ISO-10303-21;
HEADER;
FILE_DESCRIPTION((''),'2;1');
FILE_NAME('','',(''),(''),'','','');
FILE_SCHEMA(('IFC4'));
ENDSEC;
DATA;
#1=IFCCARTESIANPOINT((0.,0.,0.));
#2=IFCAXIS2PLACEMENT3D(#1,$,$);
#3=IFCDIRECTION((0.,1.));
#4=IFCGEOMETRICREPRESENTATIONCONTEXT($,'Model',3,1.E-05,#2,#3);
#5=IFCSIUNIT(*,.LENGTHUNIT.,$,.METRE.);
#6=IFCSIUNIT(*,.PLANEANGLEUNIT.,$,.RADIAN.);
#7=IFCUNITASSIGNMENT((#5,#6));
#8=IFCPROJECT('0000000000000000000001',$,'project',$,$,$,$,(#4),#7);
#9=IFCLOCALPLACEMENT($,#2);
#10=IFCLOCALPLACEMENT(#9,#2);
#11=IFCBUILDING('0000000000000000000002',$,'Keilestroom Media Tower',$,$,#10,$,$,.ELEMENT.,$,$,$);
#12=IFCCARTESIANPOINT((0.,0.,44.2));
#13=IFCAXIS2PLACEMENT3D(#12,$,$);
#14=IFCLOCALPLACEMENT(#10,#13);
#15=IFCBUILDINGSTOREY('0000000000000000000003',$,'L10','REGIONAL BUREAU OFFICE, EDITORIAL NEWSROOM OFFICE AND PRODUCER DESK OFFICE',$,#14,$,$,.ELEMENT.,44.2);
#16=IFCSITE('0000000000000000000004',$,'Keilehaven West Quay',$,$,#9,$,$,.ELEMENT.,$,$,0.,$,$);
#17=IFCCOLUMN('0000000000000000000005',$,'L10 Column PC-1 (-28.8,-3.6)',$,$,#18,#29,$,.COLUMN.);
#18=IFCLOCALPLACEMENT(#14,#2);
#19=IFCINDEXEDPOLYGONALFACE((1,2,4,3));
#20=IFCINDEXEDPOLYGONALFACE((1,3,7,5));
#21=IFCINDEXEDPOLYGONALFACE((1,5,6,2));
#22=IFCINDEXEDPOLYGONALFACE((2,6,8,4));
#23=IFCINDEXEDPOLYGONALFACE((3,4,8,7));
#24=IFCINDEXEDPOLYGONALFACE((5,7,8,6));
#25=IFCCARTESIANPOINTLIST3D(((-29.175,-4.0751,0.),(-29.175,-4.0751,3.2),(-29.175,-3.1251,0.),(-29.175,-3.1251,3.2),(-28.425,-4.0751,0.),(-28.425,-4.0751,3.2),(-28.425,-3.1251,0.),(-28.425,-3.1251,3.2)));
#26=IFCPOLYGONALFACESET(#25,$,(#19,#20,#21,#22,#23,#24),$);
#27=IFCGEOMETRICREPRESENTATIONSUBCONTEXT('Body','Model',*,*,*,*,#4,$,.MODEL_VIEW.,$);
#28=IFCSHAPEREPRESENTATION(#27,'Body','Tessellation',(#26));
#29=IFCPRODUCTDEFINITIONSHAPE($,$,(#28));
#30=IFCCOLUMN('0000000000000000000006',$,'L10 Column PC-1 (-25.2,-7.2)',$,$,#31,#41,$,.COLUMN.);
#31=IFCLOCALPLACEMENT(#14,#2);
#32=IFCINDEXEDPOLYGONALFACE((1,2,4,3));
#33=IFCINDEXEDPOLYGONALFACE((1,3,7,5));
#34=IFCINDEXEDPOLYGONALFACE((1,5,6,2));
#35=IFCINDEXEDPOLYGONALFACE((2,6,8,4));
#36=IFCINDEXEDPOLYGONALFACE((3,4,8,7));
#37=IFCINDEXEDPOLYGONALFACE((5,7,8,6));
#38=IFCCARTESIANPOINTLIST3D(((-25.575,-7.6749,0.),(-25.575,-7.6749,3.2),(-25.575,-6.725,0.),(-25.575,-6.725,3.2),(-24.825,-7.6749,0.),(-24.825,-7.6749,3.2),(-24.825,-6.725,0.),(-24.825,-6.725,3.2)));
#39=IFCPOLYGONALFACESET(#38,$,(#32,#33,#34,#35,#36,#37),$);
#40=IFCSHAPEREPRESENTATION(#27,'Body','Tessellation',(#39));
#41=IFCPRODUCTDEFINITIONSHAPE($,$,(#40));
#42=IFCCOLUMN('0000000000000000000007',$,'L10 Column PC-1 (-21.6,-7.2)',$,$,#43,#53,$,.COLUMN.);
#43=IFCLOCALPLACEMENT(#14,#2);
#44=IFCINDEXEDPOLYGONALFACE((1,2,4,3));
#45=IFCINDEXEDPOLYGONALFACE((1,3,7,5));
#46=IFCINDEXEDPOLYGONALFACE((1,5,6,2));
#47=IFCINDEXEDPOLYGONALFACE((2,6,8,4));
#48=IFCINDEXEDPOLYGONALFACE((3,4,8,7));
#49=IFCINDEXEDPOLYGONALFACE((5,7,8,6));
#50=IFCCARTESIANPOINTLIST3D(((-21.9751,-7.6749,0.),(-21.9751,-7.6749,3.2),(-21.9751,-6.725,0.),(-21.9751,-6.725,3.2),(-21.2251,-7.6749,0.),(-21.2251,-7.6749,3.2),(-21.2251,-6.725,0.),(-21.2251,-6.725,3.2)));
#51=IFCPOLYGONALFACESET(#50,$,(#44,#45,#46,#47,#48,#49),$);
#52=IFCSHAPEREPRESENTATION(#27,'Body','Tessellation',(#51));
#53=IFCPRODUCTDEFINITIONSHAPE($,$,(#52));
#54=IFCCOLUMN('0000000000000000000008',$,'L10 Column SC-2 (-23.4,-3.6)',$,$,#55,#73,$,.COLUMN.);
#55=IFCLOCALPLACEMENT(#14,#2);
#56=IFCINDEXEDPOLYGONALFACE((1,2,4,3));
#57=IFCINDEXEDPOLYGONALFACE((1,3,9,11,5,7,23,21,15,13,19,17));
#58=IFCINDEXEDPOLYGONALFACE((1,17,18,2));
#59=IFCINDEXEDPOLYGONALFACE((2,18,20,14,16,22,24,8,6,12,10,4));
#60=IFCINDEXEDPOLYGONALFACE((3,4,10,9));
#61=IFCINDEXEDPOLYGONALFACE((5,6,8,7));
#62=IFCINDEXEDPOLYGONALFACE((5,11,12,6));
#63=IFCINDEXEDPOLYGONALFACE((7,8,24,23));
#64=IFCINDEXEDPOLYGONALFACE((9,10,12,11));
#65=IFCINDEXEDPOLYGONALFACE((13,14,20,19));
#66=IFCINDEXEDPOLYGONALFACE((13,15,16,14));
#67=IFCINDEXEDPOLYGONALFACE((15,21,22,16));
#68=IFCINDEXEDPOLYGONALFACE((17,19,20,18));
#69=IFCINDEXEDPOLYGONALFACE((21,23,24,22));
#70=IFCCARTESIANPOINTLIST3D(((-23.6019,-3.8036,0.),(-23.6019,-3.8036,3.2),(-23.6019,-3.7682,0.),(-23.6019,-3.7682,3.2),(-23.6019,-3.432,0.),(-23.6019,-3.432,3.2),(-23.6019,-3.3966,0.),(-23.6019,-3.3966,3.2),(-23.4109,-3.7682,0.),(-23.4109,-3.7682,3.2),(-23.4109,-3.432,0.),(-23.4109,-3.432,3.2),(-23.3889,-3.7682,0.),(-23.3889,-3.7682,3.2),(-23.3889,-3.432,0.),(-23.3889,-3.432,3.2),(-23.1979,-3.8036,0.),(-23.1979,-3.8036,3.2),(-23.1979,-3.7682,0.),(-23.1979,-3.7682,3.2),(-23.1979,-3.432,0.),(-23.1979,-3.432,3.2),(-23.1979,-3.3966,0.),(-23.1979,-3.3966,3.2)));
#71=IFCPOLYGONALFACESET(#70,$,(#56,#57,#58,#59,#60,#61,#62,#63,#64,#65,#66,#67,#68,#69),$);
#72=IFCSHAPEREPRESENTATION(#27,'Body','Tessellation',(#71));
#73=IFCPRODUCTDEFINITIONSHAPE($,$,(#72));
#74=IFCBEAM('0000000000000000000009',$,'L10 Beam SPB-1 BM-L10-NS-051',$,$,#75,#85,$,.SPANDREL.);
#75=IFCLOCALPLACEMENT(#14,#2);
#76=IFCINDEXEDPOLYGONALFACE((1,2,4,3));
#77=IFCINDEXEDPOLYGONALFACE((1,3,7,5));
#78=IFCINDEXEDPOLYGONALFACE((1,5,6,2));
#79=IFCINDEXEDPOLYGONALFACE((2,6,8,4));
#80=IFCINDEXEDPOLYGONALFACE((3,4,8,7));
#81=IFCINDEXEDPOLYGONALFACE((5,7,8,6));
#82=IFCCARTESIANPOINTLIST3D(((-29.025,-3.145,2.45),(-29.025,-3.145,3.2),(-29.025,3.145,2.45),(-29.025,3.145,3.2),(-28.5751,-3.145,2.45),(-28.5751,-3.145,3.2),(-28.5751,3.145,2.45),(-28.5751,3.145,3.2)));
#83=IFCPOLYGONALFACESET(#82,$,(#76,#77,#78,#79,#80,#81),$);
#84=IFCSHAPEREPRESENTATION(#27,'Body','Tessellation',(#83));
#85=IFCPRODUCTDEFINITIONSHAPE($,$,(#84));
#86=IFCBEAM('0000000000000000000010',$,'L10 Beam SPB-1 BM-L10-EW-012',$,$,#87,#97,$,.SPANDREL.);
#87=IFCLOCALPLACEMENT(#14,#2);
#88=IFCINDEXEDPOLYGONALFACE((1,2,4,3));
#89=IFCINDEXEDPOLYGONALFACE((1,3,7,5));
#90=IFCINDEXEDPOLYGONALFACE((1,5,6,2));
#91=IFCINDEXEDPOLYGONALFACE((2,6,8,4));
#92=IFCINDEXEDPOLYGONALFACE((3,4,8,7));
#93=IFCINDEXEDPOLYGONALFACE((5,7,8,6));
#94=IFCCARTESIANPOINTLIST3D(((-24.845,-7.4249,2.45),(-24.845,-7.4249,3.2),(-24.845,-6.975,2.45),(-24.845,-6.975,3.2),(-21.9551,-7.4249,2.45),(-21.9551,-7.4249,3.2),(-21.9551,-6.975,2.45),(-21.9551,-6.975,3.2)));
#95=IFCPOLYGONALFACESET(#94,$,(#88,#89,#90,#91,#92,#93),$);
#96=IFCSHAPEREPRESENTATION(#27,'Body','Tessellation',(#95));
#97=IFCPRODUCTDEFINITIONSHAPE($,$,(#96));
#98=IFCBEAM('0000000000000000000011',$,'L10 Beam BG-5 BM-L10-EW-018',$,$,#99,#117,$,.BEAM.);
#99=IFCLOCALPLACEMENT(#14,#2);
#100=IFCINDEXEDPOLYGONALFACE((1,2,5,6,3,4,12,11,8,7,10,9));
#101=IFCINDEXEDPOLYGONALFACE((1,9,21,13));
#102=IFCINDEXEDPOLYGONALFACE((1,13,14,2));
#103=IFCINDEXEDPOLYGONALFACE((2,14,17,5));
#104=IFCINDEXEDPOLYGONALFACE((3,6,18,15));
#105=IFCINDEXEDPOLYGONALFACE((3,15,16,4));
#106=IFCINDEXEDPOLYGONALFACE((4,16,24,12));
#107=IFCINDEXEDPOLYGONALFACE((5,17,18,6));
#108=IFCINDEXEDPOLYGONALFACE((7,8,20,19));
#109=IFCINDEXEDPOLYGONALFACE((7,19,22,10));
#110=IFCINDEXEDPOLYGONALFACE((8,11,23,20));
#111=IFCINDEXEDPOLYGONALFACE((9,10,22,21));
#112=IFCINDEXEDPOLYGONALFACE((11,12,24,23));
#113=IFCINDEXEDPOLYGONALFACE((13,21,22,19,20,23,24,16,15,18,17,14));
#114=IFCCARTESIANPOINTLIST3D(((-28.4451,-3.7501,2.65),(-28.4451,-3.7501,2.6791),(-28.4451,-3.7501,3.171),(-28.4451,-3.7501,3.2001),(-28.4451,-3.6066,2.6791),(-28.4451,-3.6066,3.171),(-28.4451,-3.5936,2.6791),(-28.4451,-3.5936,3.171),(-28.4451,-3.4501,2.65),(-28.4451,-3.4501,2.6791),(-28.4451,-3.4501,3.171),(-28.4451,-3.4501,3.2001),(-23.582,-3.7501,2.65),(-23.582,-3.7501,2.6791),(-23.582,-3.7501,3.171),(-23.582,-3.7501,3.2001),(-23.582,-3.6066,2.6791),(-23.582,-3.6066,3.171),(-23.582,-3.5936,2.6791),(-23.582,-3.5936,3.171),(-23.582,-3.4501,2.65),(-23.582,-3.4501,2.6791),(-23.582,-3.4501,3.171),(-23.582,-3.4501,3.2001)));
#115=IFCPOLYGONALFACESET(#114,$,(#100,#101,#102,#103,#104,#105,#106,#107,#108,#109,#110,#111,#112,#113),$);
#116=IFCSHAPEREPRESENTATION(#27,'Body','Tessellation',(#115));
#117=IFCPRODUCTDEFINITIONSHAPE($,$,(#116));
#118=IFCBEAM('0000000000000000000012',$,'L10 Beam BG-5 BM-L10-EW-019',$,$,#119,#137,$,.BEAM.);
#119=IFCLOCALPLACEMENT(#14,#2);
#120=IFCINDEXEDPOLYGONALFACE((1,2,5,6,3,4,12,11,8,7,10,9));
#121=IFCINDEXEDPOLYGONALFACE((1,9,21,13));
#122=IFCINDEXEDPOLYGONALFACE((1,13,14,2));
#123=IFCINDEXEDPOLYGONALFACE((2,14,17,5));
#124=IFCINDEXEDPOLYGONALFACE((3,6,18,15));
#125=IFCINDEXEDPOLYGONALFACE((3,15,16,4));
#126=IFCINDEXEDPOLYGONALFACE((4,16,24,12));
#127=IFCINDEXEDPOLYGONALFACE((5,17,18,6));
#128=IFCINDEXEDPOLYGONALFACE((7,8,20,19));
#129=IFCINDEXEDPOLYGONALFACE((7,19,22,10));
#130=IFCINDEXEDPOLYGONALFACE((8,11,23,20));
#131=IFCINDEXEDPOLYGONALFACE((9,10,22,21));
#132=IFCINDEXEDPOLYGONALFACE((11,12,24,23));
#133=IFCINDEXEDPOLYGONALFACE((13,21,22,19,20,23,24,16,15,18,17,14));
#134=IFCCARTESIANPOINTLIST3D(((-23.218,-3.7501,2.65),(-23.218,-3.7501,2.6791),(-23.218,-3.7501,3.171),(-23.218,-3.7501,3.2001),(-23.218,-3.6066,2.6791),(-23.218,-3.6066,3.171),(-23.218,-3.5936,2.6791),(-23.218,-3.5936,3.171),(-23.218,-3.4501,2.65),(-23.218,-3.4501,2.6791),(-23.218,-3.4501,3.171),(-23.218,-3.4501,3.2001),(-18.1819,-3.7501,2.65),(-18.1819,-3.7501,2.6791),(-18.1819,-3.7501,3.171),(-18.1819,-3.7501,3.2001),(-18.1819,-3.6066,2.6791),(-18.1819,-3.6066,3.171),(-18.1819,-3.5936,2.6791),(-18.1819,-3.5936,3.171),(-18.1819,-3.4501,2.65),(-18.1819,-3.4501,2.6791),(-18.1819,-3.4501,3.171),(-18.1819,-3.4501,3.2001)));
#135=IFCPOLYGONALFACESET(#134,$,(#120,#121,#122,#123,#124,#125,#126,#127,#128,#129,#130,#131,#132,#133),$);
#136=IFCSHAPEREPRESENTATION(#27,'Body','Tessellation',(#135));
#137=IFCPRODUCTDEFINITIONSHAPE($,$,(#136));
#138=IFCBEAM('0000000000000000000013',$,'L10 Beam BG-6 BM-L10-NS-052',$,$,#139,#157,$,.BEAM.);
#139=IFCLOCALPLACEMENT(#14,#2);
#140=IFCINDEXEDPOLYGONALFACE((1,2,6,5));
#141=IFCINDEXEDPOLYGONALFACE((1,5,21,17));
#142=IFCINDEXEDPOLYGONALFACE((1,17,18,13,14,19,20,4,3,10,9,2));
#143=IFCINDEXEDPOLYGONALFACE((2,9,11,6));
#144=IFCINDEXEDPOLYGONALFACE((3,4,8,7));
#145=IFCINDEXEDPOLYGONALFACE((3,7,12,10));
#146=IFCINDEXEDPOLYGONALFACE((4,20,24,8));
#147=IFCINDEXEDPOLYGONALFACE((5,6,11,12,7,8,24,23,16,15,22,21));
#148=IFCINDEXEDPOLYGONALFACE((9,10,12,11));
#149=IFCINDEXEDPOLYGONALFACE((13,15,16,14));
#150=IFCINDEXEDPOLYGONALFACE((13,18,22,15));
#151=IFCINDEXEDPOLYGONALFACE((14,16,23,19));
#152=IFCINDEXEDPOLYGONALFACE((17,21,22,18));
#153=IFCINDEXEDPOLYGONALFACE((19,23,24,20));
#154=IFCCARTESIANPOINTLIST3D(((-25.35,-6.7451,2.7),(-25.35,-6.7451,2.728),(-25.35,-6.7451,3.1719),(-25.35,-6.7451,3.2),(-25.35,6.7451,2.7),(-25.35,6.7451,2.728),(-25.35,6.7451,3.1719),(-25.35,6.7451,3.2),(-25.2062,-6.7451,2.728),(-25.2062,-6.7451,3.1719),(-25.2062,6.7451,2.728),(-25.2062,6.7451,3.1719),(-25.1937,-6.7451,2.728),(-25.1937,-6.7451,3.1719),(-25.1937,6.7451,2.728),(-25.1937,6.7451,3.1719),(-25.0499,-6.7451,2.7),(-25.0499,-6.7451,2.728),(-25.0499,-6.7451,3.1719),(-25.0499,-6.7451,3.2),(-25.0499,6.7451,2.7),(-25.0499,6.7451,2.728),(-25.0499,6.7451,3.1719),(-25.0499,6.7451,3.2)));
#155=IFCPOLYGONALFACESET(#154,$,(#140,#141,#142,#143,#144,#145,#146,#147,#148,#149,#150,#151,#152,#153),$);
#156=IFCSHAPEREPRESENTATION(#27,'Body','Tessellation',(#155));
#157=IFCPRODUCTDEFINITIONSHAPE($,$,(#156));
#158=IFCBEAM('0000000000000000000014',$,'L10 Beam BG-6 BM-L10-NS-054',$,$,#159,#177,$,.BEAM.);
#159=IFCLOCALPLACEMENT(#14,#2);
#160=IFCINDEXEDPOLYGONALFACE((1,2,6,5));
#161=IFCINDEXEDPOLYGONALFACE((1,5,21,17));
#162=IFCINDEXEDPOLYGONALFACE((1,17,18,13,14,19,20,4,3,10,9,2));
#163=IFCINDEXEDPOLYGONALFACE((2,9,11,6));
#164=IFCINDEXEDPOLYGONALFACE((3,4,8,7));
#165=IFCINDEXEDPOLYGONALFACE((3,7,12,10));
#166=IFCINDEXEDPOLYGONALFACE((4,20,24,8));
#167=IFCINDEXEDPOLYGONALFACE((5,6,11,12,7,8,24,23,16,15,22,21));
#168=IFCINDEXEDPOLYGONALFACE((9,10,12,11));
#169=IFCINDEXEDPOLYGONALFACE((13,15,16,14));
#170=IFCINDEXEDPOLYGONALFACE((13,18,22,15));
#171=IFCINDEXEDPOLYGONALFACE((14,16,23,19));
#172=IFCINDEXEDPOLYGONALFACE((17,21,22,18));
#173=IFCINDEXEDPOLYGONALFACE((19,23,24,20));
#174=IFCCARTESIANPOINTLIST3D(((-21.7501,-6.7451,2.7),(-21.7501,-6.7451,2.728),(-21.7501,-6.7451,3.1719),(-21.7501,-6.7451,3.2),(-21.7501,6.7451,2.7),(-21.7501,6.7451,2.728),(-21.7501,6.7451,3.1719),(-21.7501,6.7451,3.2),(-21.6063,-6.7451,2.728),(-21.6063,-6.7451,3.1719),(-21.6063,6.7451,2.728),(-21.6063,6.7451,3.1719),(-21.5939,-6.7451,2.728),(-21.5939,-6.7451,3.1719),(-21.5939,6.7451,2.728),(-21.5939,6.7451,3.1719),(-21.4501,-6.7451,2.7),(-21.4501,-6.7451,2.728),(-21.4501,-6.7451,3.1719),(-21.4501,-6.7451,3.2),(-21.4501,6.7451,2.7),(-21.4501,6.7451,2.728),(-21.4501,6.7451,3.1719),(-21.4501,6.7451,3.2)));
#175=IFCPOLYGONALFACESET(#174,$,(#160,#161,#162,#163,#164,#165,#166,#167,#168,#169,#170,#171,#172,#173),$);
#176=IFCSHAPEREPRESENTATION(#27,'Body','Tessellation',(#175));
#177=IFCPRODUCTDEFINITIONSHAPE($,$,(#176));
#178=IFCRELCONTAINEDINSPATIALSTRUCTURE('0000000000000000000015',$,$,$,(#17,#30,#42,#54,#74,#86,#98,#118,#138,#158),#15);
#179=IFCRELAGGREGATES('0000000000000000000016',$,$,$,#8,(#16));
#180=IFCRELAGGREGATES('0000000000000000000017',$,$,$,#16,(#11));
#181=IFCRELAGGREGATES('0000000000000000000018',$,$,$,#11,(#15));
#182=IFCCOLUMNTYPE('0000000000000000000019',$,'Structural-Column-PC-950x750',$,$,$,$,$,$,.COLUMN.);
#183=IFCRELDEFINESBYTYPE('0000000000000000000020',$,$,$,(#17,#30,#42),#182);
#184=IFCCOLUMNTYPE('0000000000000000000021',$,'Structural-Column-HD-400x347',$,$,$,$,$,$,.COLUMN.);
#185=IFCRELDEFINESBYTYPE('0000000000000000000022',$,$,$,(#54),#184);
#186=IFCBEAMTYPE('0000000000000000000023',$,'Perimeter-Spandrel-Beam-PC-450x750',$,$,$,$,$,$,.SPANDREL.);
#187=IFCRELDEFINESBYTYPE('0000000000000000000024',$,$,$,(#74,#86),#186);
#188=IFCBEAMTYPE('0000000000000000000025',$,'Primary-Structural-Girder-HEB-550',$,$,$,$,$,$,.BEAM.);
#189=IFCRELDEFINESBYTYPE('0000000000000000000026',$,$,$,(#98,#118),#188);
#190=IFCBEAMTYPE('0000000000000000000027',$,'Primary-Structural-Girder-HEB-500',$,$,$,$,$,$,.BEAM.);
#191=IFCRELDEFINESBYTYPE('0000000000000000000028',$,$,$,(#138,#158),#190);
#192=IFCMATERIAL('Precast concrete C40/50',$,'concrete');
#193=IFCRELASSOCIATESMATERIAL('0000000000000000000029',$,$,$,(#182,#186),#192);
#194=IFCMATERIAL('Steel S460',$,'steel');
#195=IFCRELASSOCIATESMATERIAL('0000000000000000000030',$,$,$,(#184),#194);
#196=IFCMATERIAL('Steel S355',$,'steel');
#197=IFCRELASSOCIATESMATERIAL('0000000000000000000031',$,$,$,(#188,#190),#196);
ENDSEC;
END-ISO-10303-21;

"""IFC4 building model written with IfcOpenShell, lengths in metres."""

from ifc_helpers import new_model, si_unit, direction, frame, origin, origin_2d, place, context, subcontext, project, spatial, rectangle, i_section, extrude, source, transform, mapped, material, material_profile, profile_set, type_object, element, save


model = new_model("IFC4")

# Units and contexts
model_context = context("Model", 3, precision=1e-05, world=origin(), true_north=direction((0.0, 1.0)))
body_context = subcontext(model_context, "Body", "Model", "MODEL_VIEW")
ifc_project = project(units=[si_unit("LENGTHUNIT", "METRE"), si_unit("PLANEANGLEUNIT", "RADIAN")], contexts=[model_context])

# Site, building, storey
site_placement = place(None, origin())
site = spatial("IfcSite", under=ifc_project, at=site_placement, Name="Keilehaven West Quay", CompositionType="ELEMENT", RefElevation=0.0)
building_placement = place(site_placement, origin())
building = spatial("IfcBuilding", under=site, at=building_placement, Name="Keilestroom Media Tower", CompositionType="ELEMENT")
storey_placement = place(building_placement, frame((0.0, 0.0, 44.2)))
storey = spatial("IfcBuildingStorey", under=building, at=storey_placement, Name="L10", Description="REGIONAL BUREAU OFFICE, EDITORIAL NEWSROOM OFFICE AND PRODUCER DESK OFFICE", CompositionType="ELEMENT", Elevation=44.2)

# Columns
ifc_material_1 = material(Name="Precast concrete C40/50", Category="concrete")
ifc_material_profile_1 = material_profile(ifc_material_1, rectangle(XDim=0.75, YDim=0.95, at=origin_2d()), Name="PC 950x750")
ifc_profile_set_1 = profile_set([ifc_material_profile_1], Name="Precast concrete C40/50")
column_type_1 = type_object("IfcColumnType", Name="Structural-Column-PC-950x750", PredefinedType="COLUMN", material=ifc_profile_set_1)
shared_shape_1 = source(origin(), body_context, "Body", "SweptSolid", [
    extrude(rectangle(XDim=0.75, YDim=0.95, at=origin_2d()), origin(), (0.0, 0.0, 1.0), 3.2),
])
for number, where, z_axis, x_axis, name in (
    (1, (-28.8, -3.6001, 0.0), (0.0, 0.0, 1.0), (1.0, 0.0, 0.0), "L10 Column PC-1 (-28.8,-3.6)"),
    (2, (-25.2, -7.2, 0.0), (0.0, 0.0, 1.0), (1.0, 0.0, 0.0), "L10 Column PC-1 (-25.2,-7.2)"),
    (3, (-21.6001, -7.2, 0.0), (0.0, 0.0, 1.0), (1.0, 0.0, 0.0), "L10 Column PC-1 (-21.6,-7.2)"),
):
    element("IfcColumn", number, at=place(storey_placement, frame(where, z_axis=z_axis, x_axis=x_axis)), inside=storey, type_object=column_type_1, Name=name, PredefinedType="COLUMN", context=body_context, shape_type="MappedRepresentation", body=[
        mapped(shared_shape_1, transform((0.0, 0.0, 0.0), x_axis=(1.0, 0.0, 0.0), y_axis=(0.0, 1.0, 0.0), z_axis=(0.0, 0.0, 1.0), scale=1.0)),
    ])
ifc_material_2 = material(Name="Steel S460", Category="steel")
ifc_material_profile_2 = material_profile(ifc_material_2, i_section(OverallWidth=0.4041, OverallDepth=0.407, WebThickness=0.022, FlangeThickness=0.0354, at=origin_2d()), Name="HD 400x347")
ifc_profile_set_2 = profile_set([ifc_material_profile_2], Name="Steel S460")
column_type_2 = type_object("IfcColumnType", Name="Structural-Column-HD-400x347", PredefinedType="COLUMN", material=ifc_profile_set_2)
shared_shape_2 = source(origin(), body_context, "Body", "SweptSolid", [
    extrude(i_section(OverallWidth=0.4041, OverallDepth=0.407, WebThickness=0.022, FlangeThickness=0.0354, at=origin_2d()), origin(), (0.0, 0.0, 1.0), 3.2),
])
column_placement = place(storey_placement, frame((-23.3999, -3.6001, 0.0), z_axis=(0.0, 0.0, 1.0), x_axis=(1.0, 0.0, 0.0)))
element("IfcColumn", 4, at=column_placement, inside=storey, type_object=column_type_2, Name="L10 Column SC-2 (-23.4,-3.6)", PredefinedType="COLUMN", context=body_context, shape_type="MappedRepresentation", body=[
    mapped(shared_shape_2, transform((0.0, 0.0, 0.0), x_axis=(1.0, 0.0, 0.0), y_axis=(0.0, 1.0, 0.0), z_axis=(0.0, 0.0, 1.0), scale=1.0)),
])

# Beams
ifc_material_profile_3 = material_profile(ifc_material_1, rectangle(XDim=0.45, YDim=0.75, at=origin_2d()), Name="PC 450x750")
ifc_profile_set_3 = profile_set([ifc_material_profile_3], Name="Precast concrete C40/50")
beam_type_1 = type_object("IfcBeamType", Name="Perimeter-Spandrel-Beam-PC-450x750", PredefinedType="SPANDREL", material=ifc_profile_set_3)
shared_shape_3 = source(origin(), body_context, "Body", "SweptSolid", [
    extrude(rectangle(XDim=0.45, YDim=0.75, at=origin_2d()), origin(), (0.0, 0.0, 1.0), 6.29),
])
beam_1_placement = place(storey_placement, frame((-28.8, -3.145, 2.825), z_axis=(0.0, 1.0, 0.0), x_axis=(-1.0, 0.0, 0.0)))
element("IfcBeam", 5, at=beam_1_placement, inside=storey, type_object=beam_type_1, Name="L10 Beam SPB-1 BM-L10-NS-051", PredefinedType="SPANDREL", context=body_context, shape_type="MappedRepresentation", body=[
    mapped(shared_shape_3, transform((0.0, 0.0, 0.0), x_axis=(1.0, 0.0, 0.0), y_axis=(0.0, 1.0, 0.0), z_axis=(0.0, 0.0, 1.0), scale=1.0)),
])
shared_shape_4 = source(origin(), body_context, "Body", "SweptSolid", [
    extrude(rectangle(XDim=0.45, YDim=0.75, at=origin_2d()), origin(), (0.0, 0.0, 1.0), 2.8899),
])
beam_2_placement = place(storey_placement, frame((-24.845, -7.2, 2.825), z_axis=(1.0, 0.0, 0.0), x_axis=(0.0, 1.0, 0.0)))
element("IfcBeam", 6, at=beam_2_placement, inside=storey, type_object=beam_type_1, Name="L10 Beam SPB-1 BM-L10-EW-012", PredefinedType="SPANDREL", context=body_context, shape_type="MappedRepresentation", body=[
    mapped(shared_shape_4, transform((0.0, 0.0, 0.0), x_axis=(1.0, 0.0, 0.0), y_axis=(0.0, 1.0, 0.0), z_axis=(0.0, 0.0, 1.0), scale=1.0)),
])
ifc_material_3 = material(Name="Steel S355", Category="steel")
ifc_material_profile_4 = material_profile(ifc_material_3, i_section(OverallWidth=0.3, OverallDepth=0.55, WebThickness=0.0129, FlangeThickness=0.0291, at=origin_2d()), Name="HEB 550")
ifc_profile_set_4 = profile_set([ifc_material_profile_4], Name="Steel S355")
beam_type_2 = type_object("IfcBeamType", Name="Primary-Structural-Girder-HEB-550", PredefinedType="BEAM", material=ifc_profile_set_4)
shared_shape_5 = source(origin(), body_context, "Body", "SweptSolid", [
    extrude(i_section(OverallWidth=0.3, OverallDepth=0.55, WebThickness=0.0129, FlangeThickness=0.0291, at=origin_2d()), origin(), (0.0, 0.0, 1.0), 4.863),
])
beam_3_placement = place(storey_placement, frame((-28.4451, -3.6001, 2.925), z_axis=(1.0, 0.0, 0.0), x_axis=(0.0, 1.0, 0.0)))
element("IfcBeam", 7, at=beam_3_placement, inside=storey, type_object=beam_type_2, Name="L10 Beam BG-5 BM-L10-EW-018", PredefinedType="BEAM", context=body_context, shape_type="MappedRepresentation", body=[
    mapped(shared_shape_5, transform((0.0, 0.0, 0.0), x_axis=(1.0, 0.0, 0.0), y_axis=(0.0, 1.0, 0.0), z_axis=(0.0, 0.0, 1.0), scale=1.0)),
])
shared_shape_6 = source(origin(), body_context, "Body", "SweptSolid", [
    extrude(i_section(OverallWidth=0.3, OverallDepth=0.55, WebThickness=0.0129, FlangeThickness=0.0291, at=origin_2d()), origin(), (0.0, 0.0, 1.0), 5.0361),
])
beam_4_placement = place(storey_placement, frame((-23.218, -3.6001, 2.925), z_axis=(1.0, 0.0, 0.0), x_axis=(0.0, 1.0, 0.0)))
element("IfcBeam", 8, at=beam_4_placement, inside=storey, type_object=beam_type_2, Name="L10 Beam BG-5 BM-L10-EW-019", PredefinedType="BEAM", context=body_context, shape_type="MappedRepresentation", body=[
    mapped(shared_shape_6, transform((0.0, 0.0, 0.0), x_axis=(1.0, 0.0, 0.0), y_axis=(0.0, 1.0, 0.0), z_axis=(0.0, 0.0, 1.0), scale=1.0)),
])
ifc_material_profile_5 = material_profile(ifc_material_3, i_section(OverallWidth=0.3, OverallDepth=0.5, WebThickness=0.0125, FlangeThickness=0.0281, at=origin_2d()), Name="HEB 500")
ifc_profile_set_5 = profile_set([ifc_material_profile_5], Name="Steel S355")
beam_type_3 = type_object("IfcBeamType", Name="Primary-Structural-Girder-HEB-500", PredefinedType="BEAM", material=ifc_profile_set_5)
shared_shape_7 = source(origin(), body_context, "Body", "SweptSolid", [
    extrude(i_section(OverallWidth=0.3, OverallDepth=0.5, WebThickness=0.0125, FlangeThickness=0.0281, at=origin_2d()), origin(), (0.0, 0.0, 1.0), 13.4902),
])
for number, where, z_axis, x_axis, name in (
    (9, (-25.2, -6.7451, 2.95), (0.0, 1.0, 0.0), (-1.0, 0.0, 0.0), "L10 Beam BG-6 BM-L10-NS-052"),
    (10, (-21.6001, -6.7451, 2.95), (0.0, 1.0, 0.0), (-1.0, 0.0, 0.0), "L10 Beam BG-6 BM-L10-NS-054"),
):
    element("IfcBeam", number, at=place(storey_placement, frame(where, z_axis=z_axis, x_axis=x_axis)), inside=storey, type_object=beam_type_3, Name=name, PredefinedType="BEAM", context=body_context, shape_type="MappedRepresentation", body=[
        mapped(shared_shape_7, transform((0.0, 0.0, 0.0), x_axis=(1.0, 0.0, 0.0), y_axis=(0.0, 1.0, 0.0), z_axis=(0.0, 0.0, 1.0), scale=1.0)),
    ])

save(model, "model.ifc")
